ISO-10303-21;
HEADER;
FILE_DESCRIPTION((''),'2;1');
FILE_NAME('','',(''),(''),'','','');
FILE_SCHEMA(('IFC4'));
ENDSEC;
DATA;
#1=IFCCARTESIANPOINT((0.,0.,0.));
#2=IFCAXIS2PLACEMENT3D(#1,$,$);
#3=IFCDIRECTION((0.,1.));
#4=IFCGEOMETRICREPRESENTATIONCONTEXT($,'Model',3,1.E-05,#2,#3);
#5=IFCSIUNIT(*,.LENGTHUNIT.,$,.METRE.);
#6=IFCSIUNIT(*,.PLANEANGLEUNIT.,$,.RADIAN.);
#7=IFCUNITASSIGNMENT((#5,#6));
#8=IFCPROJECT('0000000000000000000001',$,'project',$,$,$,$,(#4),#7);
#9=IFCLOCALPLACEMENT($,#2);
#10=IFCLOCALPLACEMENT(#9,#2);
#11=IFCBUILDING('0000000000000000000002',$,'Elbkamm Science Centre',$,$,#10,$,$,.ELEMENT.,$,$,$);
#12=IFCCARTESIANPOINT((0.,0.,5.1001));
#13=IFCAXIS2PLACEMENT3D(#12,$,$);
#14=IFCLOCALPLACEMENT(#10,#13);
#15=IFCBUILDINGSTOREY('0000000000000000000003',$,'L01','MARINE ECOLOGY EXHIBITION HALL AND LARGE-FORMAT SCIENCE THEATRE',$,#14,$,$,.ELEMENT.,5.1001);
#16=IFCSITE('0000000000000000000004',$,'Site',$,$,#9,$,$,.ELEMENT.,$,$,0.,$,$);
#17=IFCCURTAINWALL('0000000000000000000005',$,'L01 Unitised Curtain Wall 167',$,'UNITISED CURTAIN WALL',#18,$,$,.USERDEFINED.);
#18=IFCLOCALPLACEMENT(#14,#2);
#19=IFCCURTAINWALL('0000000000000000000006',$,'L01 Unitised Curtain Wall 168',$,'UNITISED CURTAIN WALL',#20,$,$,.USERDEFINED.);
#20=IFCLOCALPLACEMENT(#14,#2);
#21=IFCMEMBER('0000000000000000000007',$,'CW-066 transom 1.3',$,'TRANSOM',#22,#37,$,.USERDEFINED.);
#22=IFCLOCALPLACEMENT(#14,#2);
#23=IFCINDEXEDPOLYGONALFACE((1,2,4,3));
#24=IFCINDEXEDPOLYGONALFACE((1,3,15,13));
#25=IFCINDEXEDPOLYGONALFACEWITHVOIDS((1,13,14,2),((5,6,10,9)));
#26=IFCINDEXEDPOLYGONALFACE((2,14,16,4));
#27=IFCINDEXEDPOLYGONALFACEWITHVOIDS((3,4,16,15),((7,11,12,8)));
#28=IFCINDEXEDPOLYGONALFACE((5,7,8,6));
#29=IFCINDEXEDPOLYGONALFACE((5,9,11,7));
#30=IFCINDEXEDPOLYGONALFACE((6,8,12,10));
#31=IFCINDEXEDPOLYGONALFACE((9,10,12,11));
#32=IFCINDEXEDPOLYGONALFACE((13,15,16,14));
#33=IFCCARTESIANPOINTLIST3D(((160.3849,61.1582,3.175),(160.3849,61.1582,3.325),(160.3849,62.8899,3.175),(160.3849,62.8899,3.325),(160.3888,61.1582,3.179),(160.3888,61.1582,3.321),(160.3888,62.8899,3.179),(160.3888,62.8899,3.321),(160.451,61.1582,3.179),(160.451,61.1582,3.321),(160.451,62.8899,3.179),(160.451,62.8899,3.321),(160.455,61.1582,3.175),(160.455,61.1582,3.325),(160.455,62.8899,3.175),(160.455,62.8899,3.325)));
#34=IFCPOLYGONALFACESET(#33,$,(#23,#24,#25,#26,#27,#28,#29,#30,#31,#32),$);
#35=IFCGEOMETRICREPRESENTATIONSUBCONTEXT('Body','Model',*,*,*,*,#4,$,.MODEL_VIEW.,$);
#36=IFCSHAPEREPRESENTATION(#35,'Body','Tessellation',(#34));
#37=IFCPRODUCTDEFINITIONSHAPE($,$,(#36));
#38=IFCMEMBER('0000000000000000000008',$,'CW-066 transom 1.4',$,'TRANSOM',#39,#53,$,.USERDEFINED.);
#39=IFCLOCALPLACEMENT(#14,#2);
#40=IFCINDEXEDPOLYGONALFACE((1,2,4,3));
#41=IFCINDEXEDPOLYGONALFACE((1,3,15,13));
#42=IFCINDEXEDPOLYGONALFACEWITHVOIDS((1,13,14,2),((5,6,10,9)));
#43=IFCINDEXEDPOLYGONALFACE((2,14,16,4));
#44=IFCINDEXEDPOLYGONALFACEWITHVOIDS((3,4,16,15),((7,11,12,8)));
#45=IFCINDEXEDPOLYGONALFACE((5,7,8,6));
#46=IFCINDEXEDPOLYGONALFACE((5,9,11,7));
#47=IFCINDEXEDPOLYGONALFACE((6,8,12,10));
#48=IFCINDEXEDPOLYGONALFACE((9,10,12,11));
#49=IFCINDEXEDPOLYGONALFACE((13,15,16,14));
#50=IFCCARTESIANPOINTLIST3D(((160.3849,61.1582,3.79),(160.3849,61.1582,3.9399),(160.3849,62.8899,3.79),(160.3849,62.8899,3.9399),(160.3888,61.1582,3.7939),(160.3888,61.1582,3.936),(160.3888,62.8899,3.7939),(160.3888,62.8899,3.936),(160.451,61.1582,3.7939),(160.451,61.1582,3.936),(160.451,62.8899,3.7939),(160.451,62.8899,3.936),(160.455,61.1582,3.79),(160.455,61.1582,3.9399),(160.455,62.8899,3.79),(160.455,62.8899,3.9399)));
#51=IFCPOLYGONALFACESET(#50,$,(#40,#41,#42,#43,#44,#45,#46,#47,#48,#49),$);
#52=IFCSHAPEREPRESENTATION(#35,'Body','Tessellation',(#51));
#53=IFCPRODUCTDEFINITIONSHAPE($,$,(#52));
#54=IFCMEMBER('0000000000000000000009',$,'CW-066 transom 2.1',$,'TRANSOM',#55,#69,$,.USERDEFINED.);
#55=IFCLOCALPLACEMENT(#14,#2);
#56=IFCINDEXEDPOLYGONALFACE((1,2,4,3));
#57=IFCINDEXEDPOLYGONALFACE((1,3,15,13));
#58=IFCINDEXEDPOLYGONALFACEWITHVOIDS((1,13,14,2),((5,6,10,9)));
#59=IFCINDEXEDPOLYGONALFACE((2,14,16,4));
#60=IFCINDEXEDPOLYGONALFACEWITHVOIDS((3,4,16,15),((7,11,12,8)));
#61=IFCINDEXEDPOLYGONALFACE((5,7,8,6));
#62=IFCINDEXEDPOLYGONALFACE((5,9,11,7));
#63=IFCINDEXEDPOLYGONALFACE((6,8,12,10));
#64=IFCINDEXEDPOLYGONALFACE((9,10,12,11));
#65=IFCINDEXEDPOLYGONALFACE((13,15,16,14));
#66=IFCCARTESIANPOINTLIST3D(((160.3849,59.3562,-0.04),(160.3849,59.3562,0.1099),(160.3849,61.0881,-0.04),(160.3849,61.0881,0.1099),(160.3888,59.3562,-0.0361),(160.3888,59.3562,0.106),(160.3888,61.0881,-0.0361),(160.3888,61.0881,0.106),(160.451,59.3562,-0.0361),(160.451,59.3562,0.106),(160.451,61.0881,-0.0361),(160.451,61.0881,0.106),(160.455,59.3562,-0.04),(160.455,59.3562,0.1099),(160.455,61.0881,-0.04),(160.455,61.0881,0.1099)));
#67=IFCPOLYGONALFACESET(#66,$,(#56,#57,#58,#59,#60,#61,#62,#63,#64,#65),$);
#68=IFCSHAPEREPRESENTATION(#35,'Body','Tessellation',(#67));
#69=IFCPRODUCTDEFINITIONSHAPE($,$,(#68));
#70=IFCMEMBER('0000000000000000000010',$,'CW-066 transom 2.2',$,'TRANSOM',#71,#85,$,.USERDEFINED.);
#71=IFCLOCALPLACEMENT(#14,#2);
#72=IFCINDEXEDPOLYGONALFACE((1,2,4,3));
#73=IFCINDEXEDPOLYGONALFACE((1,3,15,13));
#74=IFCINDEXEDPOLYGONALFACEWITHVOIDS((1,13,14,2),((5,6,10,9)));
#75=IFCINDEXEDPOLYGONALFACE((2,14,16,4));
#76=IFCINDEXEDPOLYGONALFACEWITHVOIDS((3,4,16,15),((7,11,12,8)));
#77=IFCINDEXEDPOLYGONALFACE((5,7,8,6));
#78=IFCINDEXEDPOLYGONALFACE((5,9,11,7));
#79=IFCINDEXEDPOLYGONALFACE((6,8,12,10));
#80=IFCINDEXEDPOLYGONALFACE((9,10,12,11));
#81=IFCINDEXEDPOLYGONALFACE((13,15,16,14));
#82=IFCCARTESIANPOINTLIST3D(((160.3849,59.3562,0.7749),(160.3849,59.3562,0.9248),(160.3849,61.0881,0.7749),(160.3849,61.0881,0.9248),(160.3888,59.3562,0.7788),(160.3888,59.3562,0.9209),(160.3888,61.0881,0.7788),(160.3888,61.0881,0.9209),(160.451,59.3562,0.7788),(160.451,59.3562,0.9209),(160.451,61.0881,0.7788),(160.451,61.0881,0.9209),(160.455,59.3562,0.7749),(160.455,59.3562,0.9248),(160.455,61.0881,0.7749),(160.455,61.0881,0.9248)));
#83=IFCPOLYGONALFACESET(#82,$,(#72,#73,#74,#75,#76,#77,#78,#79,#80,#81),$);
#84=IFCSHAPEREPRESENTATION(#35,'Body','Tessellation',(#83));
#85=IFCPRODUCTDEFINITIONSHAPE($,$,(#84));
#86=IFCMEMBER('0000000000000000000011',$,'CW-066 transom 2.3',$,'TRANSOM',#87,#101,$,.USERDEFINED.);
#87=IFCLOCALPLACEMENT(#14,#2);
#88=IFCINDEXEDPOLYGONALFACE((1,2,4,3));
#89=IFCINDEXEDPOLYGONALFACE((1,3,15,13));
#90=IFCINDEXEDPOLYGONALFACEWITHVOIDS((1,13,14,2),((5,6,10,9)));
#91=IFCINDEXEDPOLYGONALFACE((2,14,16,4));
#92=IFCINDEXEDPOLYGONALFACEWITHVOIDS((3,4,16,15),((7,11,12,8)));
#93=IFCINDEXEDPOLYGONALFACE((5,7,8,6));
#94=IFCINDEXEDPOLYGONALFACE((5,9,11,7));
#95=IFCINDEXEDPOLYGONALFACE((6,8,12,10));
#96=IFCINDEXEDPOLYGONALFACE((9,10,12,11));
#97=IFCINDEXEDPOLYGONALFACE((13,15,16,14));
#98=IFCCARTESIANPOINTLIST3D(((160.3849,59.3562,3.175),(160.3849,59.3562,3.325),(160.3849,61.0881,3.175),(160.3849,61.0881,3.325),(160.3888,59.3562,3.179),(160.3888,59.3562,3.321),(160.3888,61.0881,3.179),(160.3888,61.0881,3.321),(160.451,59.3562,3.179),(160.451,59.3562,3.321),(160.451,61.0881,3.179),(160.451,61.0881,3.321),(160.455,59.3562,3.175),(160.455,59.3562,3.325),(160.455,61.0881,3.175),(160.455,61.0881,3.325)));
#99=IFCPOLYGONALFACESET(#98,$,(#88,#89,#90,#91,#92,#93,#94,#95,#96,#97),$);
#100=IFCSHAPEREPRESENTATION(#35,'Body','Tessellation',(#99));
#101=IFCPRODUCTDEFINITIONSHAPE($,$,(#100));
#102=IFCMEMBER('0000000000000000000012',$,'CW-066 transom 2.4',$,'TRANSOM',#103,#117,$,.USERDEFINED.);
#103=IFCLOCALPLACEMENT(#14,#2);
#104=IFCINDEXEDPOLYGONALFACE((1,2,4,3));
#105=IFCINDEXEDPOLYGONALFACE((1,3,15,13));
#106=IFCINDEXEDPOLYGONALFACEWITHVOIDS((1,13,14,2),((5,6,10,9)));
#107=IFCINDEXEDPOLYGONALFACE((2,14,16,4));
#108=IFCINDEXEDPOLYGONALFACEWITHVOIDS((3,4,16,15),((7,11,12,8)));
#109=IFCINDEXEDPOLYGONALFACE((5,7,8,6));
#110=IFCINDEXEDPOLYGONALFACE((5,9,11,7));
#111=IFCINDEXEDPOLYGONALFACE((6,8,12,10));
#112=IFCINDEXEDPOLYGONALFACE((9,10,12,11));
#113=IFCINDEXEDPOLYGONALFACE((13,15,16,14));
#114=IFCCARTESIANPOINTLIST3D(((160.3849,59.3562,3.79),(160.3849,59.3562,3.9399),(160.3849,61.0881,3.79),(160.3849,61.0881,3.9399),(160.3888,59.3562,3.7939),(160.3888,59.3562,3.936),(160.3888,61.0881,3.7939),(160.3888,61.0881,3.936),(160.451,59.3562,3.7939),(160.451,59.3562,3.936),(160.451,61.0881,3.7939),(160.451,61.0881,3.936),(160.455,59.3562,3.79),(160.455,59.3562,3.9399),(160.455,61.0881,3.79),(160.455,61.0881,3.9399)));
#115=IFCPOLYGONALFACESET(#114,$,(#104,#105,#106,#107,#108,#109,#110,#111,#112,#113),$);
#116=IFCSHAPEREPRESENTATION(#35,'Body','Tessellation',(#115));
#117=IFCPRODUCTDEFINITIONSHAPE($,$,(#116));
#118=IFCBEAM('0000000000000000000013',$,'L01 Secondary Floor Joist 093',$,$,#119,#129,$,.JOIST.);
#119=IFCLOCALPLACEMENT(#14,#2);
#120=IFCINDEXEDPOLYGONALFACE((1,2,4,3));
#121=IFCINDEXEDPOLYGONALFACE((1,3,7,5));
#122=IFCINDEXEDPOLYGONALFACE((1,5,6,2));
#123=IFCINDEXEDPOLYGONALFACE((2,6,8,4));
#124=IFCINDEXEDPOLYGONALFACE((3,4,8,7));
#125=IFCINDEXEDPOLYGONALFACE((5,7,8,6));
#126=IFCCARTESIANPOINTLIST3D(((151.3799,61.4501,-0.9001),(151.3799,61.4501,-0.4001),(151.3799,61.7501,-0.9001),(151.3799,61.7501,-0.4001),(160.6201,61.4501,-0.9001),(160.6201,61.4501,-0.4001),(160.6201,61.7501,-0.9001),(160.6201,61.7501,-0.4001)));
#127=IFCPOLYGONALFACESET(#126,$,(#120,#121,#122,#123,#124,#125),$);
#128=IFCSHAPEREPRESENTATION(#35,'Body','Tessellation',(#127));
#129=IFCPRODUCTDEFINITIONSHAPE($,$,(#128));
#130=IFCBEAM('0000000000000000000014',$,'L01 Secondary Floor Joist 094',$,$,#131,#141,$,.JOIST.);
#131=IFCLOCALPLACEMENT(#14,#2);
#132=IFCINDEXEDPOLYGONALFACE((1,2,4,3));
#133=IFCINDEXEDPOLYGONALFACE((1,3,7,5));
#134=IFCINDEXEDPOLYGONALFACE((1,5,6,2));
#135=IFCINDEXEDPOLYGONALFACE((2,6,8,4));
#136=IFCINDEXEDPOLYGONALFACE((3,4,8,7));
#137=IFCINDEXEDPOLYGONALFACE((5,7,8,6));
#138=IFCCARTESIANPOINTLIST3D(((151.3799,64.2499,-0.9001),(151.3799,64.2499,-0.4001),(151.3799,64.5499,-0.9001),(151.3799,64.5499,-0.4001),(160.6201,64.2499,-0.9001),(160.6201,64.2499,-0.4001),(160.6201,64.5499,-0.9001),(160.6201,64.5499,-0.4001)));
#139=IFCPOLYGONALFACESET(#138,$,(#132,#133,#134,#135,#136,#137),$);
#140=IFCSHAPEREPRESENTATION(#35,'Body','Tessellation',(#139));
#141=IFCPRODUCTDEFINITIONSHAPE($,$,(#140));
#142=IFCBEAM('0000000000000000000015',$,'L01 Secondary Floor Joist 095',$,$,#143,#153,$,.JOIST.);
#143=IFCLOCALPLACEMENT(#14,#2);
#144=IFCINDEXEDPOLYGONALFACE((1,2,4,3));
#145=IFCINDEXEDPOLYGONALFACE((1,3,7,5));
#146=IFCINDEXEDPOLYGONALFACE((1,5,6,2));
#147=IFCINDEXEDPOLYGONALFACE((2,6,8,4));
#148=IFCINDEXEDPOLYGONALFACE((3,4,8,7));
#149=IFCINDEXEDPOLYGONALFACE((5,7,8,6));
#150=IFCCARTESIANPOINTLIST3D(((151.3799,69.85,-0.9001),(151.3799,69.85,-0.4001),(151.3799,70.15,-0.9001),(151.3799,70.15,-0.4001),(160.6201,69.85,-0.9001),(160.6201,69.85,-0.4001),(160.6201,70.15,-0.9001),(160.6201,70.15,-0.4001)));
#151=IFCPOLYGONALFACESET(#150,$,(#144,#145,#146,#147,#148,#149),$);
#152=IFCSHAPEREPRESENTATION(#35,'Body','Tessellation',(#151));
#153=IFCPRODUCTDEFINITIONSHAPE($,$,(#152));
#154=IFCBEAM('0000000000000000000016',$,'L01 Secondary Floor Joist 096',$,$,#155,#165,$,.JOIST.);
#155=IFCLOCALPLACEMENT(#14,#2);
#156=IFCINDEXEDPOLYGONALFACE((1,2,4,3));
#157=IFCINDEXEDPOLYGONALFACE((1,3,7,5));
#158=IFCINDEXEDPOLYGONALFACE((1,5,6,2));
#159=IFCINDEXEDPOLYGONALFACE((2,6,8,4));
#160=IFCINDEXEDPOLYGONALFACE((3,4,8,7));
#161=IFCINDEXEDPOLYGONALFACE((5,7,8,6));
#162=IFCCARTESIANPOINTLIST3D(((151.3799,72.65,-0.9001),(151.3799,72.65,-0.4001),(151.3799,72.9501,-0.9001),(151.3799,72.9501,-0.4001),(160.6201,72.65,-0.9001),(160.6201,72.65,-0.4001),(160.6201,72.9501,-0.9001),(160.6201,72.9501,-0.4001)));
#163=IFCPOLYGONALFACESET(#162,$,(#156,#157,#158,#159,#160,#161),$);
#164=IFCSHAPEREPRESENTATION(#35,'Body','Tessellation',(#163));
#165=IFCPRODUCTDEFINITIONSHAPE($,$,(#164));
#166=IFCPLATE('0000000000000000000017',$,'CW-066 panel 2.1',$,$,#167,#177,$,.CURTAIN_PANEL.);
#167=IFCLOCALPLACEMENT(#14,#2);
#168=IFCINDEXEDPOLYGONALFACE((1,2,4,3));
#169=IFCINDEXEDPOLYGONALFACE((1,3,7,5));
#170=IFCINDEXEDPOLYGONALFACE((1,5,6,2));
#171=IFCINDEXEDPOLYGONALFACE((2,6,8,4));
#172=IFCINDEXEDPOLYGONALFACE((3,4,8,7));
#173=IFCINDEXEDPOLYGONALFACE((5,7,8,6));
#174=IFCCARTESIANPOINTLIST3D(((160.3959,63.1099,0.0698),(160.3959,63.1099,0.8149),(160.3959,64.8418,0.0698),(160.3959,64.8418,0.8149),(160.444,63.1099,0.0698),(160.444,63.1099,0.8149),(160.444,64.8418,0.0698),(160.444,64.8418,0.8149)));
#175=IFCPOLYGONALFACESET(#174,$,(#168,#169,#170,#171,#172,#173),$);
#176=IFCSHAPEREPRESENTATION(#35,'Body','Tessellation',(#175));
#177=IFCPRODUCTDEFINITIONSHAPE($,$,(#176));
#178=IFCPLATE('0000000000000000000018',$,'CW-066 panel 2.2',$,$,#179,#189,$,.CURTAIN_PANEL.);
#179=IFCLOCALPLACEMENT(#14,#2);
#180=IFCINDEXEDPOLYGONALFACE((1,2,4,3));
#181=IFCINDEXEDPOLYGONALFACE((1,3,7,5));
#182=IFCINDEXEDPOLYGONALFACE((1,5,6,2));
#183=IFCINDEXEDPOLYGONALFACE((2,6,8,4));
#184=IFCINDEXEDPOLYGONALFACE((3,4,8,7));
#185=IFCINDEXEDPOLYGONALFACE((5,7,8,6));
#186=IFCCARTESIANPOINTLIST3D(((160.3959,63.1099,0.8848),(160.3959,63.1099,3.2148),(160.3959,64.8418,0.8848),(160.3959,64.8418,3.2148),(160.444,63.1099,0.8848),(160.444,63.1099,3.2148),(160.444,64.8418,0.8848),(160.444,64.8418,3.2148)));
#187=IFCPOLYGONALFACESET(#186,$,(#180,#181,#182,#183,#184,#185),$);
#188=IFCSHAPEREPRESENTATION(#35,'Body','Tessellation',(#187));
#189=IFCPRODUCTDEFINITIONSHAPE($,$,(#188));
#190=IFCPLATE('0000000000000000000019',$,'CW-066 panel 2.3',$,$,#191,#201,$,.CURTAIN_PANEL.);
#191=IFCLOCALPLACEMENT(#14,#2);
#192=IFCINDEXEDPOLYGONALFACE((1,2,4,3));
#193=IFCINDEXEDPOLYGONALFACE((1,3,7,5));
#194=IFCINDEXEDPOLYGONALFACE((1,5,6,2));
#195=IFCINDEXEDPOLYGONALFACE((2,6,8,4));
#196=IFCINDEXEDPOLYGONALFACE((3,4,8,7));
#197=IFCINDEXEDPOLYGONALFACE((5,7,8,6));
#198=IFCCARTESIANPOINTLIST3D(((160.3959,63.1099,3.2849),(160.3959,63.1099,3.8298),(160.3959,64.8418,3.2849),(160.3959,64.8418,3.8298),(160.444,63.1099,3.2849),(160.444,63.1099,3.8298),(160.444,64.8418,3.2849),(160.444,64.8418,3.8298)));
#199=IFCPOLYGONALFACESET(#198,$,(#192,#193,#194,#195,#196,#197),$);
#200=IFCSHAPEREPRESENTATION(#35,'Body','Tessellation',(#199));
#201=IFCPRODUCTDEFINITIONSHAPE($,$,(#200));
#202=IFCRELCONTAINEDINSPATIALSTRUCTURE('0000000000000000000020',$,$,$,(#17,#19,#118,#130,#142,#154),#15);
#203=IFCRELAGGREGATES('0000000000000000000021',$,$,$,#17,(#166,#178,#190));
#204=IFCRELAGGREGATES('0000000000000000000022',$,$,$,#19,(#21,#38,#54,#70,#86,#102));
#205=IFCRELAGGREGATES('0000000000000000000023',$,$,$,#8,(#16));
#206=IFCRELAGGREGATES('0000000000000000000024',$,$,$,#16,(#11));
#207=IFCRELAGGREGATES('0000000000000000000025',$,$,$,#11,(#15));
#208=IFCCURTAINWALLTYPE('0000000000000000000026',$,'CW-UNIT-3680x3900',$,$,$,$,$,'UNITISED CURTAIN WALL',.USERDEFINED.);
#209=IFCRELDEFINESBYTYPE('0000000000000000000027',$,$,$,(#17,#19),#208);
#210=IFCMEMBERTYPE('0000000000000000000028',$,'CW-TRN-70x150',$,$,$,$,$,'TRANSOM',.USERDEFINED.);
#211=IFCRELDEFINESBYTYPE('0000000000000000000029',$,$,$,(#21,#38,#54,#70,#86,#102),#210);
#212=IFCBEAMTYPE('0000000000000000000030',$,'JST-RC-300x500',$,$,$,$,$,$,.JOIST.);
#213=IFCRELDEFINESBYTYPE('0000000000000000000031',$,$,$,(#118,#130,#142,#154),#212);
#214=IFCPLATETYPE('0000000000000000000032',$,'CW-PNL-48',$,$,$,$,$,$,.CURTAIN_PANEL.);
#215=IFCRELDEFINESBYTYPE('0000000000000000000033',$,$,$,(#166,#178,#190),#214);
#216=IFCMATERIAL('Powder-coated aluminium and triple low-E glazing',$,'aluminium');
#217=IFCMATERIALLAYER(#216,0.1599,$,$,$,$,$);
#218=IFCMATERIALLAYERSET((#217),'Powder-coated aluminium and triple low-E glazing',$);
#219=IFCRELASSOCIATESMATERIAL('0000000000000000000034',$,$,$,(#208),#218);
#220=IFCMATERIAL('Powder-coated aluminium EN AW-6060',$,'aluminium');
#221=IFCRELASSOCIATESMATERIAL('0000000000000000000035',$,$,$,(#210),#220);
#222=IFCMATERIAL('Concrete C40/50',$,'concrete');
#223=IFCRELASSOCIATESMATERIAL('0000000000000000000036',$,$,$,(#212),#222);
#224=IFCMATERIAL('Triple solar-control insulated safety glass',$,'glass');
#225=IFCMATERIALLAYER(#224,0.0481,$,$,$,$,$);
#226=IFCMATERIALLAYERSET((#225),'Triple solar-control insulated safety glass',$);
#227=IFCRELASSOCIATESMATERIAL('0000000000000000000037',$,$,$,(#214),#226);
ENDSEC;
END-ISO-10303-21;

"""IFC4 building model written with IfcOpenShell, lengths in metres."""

from ifc_helpers import new_model, si_unit, direction, frame, origin, origin_2d, place, context, subcontext, project, spatial, rectangle, hollow_rectangle, extrude, material, layer, layer_set, material_profile, profile_set, type_object, element, aggregate, save


model = new_model("IFC4")

# Units and contexts
model_context = context("Model", 3, precision=1e-05, world=origin(), true_north=direction((0.0, 1.0)))
body_context = subcontext(model_context, "Body", "Model", "MODEL_VIEW")
ifc_project = project(units=[si_unit("LENGTHUNIT", "METRE"), si_unit("PLANEANGLEUNIT", "RADIAN")], contexts=[model_context])

# Site, building, storey
site_placement = place(None, origin())
site = spatial("IfcSite", under=ifc_project, at=site_placement, Name="Site", CompositionType="ELEMENT", RefElevation=0.0)
building_placement = place(site_placement, origin())
building = spatial("IfcBuilding", under=site, at=building_placement, Name="Elbkamm Science Centre", CompositionType="ELEMENT")
storey_placement = place(building_placement, frame((0.0, 0.0, 5.1001)))
storey = spatial("IfcBuildingStorey", under=building, at=storey_placement, Name="L01", Description="MARINE ECOLOGY EXHIBITION HALL AND LARGE-FORMAT SCIENCE THEATRE", CompositionType="ELEMENT", Elevation=5.1001)

# Shared definitions
ifc_material_1 = material(Name="Concrete C40/50", Category="concrete")

# Curtain wall
ifc_material_2 = material(Name="Powder-coated aluminium and triple low-E glazing", Category="aluminium")
ifc_layer_1 = layer(ifc_material_2, 0.1599)
ifc_layer_set_1 = layer_set([ifc_layer_1], Name="Powder-coated aluminium and triple low-E glazing")
curtain_wall_type = type_object("IfcCurtainWallType", Name="CW-UNIT-3680x3900", ElementType="UNITISED CURTAIN WALL", PredefinedType="USERDEFINED", material=ifc_layer_set_1)
curtain_wall_1_placement = place(storey_placement, origin())
curtain_wall_1 = element("IfcCurtainWall", 1, at=curtain_wall_1_placement, inside=storey, type_object=curtain_wall_type, Name="L01 Unitised Curtain Wall 167", ObjectType="UNITISED CURTAIN WALL", PredefinedType="USERDEFINED")
ifc_material_3 = material(Name="Powder-coated aluminium EN AW-6060", Category="aluminium")

# Curtain wall
curtain_wall_2_placement = place(storey_placement, origin())
curtain_wall_2 = element("IfcCurtainWall", 2, at=curtain_wall_2_placement, inside=storey, type_object=curtain_wall_type, Name="L01 Unitised Curtain Wall 168", ObjectType="UNITISED CURTAIN WALL", PredefinedType="USERDEFINED")

# Members
ifc_material_profile_1 = material_profile(ifc_material_3, hollow_rectangle(XDim=0.0701, YDim=0.1499, WallThickness=0.0039, at=origin_2d()), Name="ALU T70x150")
ifc_profile_set_1 = profile_set([ifc_material_profile_1], Name="Powder-coated aluminium EN AW-6060")
member_type_1 = type_object("IfcMemberType", Name="CW-TRN-70x150", ElementType="TRANSOM", PredefinedType="USERDEFINED", material=ifc_profile_set_1)
member_1_placement = place(storey_placement, frame((160.4199, 62.8899, 3.25), z_axis=(0.0, -1.0, 0.0), x_axis=(1.0, 0.0, 0.0)))
member_1 = element("IfcMember", 3, at=member_1_placement, type_object=member_type_1, Name="CW-066 transom 1.3", ObjectType="TRANSOM", PredefinedType="USERDEFINED", context=body_context, shape_type="SweptSolid", body=[
    extrude(hollow_rectangle(XDim=0.0701, YDim=0.1499, WallThickness=0.0039, at=origin_2d()), origin(), (0.0, 0.0, 1.0), 1.7317),
])
member_2_placement = place(storey_placement, frame((160.4199, 62.8899, 3.865), z_axis=(0.0, -1.0, 0.0), x_axis=(1.0, 0.0, 0.0)))
member_2 = element("IfcMember", 4, at=member_2_placement, type_object=member_type_1, Name="CW-066 transom 1.4", ObjectType="TRANSOM", PredefinedType="USERDEFINED", context=body_context, shape_type="SweptSolid", body=[
    extrude(hollow_rectangle(XDim=0.0701, YDim=0.1499, WallThickness=0.0039, at=origin_2d()), origin(), (0.0, 0.0, 1.0), 1.7317),
])
member_3_placement = place(storey_placement, frame((160.4199, 61.0881, 0.0349), z_axis=(0.0, -1.0, 0.0), x_axis=(1.0, 0.0, 0.0)))
member_3 = element("IfcMember", 5, at=member_3_placement, type_object=member_type_1, Name="CW-066 transom 2.1", ObjectType="TRANSOM", PredefinedType="USERDEFINED", context=body_context, shape_type="SweptSolid", body=[
    extrude(hollow_rectangle(XDim=0.0701, YDim=0.1499, WallThickness=0.0039, at=origin_2d()), origin(), (0.0, 0.0, 1.0), 1.7319),
])
member_4_placement = place(storey_placement, frame((160.4199, 61.0881, 0.8499), z_axis=(0.0, -1.0, 0.0), x_axis=(1.0, 0.0, 0.0)))
member_4 = element("IfcMember", 6, at=member_4_placement, type_object=member_type_1, Name="CW-066 transom 2.2", ObjectType="TRANSOM", PredefinedType="USERDEFINED", context=body_context, shape_type="SweptSolid", body=[
    extrude(hollow_rectangle(XDim=0.0701, YDim=0.1499, WallThickness=0.0039, at=origin_2d()), origin(), (0.0, 0.0, 1.0), 1.7319),
])
member_5_placement = place(storey_placement, frame((160.4199, 61.0881, 3.25), z_axis=(0.0, -1.0, 0.0), x_axis=(1.0, 0.0, 0.0)))
member_5 = element("IfcMember", 7, at=member_5_placement, type_object=member_type_1, Name="CW-066 transom 2.3", ObjectType="TRANSOM", PredefinedType="USERDEFINED", context=body_context, shape_type="SweptSolid", body=[
    extrude(hollow_rectangle(XDim=0.0701, YDim=0.1499, WallThickness=0.0039, at=origin_2d()), origin(), (0.0, 0.0, 1.0), 1.7319),
])
member_6_placement = place(storey_placement, frame((160.4199, 61.0881, 3.865), z_axis=(0.0, -1.0, 0.0), x_axis=(1.0, 0.0, 0.0)))
member_6 = element("IfcMember", 8, at=member_6_placement, type_object=member_type_1, Name="CW-066 transom 2.4", ObjectType="TRANSOM", PredefinedType="USERDEFINED", context=body_context, shape_type="SweptSolid", body=[
    extrude(hollow_rectangle(XDim=0.0701, YDim=0.1499, WallThickness=0.0039, at=origin_2d()), origin(), (0.0, 0.0, 1.0), 1.7319),
])

# Beams
ifc_material_profile_2 = material_profile(ifc_material_1, rectangle(XDim=0.3, YDim=0.5, at=origin_2d()), Name="RC 300x500")
ifc_profile_set_2 = profile_set([ifc_material_profile_2], Name="Concrete C40/50")
beam_type_1 = type_object("IfcBeamType", Name="JST-RC-300x500", PredefinedType="JOIST", material=ifc_profile_set_2)
for number, where, z_axis, x_axis, name in (
    (9, (151.3799, 61.6001, -0.6501), (1.0, 0.0, 0.0), (0.0, 1.0, 0.0), "L01 Secondary Floor Joist 093"),
    (10, (151.3799, 64.3999, -0.6501), (1.0, 0.0, 0.0), (0.0, 1.0, 0.0), "L01 Secondary Floor Joist 094"),
    (11, (151.3799, 70.0, -0.6501), (1.0, 0.0, 0.0), (0.0, 1.0, 0.0), "L01 Secondary Floor Joist 095"),
    (12, (151.3799, 72.8, -0.6501), (1.0, 0.0, 0.0), (0.0, 1.0, 0.0), "L01 Secondary Floor Joist 096"),
):
    element("IfcBeam", number, at=place(storey_placement, frame(where, z_axis=z_axis, x_axis=x_axis)), inside=storey, type_object=beam_type_1, Name=name, PredefinedType="JOIST", context=body_context, shape_type="SweptSolid", body=[
        extrude(rectangle(XDim=0.3, YDim=0.5, at=origin_2d()), origin(), (0.0, 0.0, 1.0), 9.2402),
    ])

# Plates
ifc_material_4 = material(Name="Triple solar-control insulated safety glass", Category="glass")
ifc_layer_2 = layer(ifc_material_4, 0.0481)
ifc_layer_set_2 = layer_set([ifc_layer_2], Name="Triple solar-control insulated safety glass")
plate_type = type_object("IfcPlateType", Name="CW-PNL-48", PredefinedType="CURTAIN_PANEL", material=ifc_layer_set_2)
plate_1_placement = place(storey_placement, frame((160.4199, 63.9758, 0.0698), z_axis=(0.0, 0.0, 1.0), x_axis=(0.0, -1.0, 0.0)))
plate_1 = element("IfcPlate", 13, at=plate_1_placement, type_object=plate_type, Name="CW-066 panel 2.1", PredefinedType="CURTAIN_PANEL", context=body_context, shape_type="SweptSolid", body=[
    extrude(rectangle(XDim=1.7319, YDim=0.0481, at=origin_2d()), origin(), (0.0, 0.0, 1.0), 0.7451),
])
plate_2_placement = place(storey_placement, frame((160.4199, 63.9758, 0.8848), z_axis=(0.0, 0.0, 1.0), x_axis=(0.0, -1.0, 0.0)))
plate_2 = element("IfcPlate", 14, at=plate_2_placement, type_object=plate_type, Name="CW-066 panel 2.2", PredefinedType="CURTAIN_PANEL", context=body_context, shape_type="SweptSolid", body=[
    extrude(rectangle(XDim=1.7319, YDim=0.0481, at=origin_2d()), origin(), (0.0, 0.0, 1.0), 2.3301),
])
plate_3_placement = place(storey_placement, frame((160.4199, 63.9758, 3.2849), z_axis=(0.0, 0.0, 1.0), x_axis=(0.0, -1.0, 0.0)))
plate_3 = element("IfcPlate", 15, at=plate_3_placement, type_object=plate_type, Name="CW-066 panel 2.3", PredefinedType="CURTAIN_PANEL", context=body_context, shape_type="SweptSolid", body=[
    extrude(rectangle(XDim=1.7319, YDim=0.0481, at=origin_2d()), origin(), (0.0, 0.0, 1.0), 0.5449),
])
aggregate(curtain_wall_1, [plate_1, plate_2, plate_3])
aggregate(curtain_wall_2, [member_1, member_2, member_3, member_4, member_5, member_6])

save(model, "model.ifc")
